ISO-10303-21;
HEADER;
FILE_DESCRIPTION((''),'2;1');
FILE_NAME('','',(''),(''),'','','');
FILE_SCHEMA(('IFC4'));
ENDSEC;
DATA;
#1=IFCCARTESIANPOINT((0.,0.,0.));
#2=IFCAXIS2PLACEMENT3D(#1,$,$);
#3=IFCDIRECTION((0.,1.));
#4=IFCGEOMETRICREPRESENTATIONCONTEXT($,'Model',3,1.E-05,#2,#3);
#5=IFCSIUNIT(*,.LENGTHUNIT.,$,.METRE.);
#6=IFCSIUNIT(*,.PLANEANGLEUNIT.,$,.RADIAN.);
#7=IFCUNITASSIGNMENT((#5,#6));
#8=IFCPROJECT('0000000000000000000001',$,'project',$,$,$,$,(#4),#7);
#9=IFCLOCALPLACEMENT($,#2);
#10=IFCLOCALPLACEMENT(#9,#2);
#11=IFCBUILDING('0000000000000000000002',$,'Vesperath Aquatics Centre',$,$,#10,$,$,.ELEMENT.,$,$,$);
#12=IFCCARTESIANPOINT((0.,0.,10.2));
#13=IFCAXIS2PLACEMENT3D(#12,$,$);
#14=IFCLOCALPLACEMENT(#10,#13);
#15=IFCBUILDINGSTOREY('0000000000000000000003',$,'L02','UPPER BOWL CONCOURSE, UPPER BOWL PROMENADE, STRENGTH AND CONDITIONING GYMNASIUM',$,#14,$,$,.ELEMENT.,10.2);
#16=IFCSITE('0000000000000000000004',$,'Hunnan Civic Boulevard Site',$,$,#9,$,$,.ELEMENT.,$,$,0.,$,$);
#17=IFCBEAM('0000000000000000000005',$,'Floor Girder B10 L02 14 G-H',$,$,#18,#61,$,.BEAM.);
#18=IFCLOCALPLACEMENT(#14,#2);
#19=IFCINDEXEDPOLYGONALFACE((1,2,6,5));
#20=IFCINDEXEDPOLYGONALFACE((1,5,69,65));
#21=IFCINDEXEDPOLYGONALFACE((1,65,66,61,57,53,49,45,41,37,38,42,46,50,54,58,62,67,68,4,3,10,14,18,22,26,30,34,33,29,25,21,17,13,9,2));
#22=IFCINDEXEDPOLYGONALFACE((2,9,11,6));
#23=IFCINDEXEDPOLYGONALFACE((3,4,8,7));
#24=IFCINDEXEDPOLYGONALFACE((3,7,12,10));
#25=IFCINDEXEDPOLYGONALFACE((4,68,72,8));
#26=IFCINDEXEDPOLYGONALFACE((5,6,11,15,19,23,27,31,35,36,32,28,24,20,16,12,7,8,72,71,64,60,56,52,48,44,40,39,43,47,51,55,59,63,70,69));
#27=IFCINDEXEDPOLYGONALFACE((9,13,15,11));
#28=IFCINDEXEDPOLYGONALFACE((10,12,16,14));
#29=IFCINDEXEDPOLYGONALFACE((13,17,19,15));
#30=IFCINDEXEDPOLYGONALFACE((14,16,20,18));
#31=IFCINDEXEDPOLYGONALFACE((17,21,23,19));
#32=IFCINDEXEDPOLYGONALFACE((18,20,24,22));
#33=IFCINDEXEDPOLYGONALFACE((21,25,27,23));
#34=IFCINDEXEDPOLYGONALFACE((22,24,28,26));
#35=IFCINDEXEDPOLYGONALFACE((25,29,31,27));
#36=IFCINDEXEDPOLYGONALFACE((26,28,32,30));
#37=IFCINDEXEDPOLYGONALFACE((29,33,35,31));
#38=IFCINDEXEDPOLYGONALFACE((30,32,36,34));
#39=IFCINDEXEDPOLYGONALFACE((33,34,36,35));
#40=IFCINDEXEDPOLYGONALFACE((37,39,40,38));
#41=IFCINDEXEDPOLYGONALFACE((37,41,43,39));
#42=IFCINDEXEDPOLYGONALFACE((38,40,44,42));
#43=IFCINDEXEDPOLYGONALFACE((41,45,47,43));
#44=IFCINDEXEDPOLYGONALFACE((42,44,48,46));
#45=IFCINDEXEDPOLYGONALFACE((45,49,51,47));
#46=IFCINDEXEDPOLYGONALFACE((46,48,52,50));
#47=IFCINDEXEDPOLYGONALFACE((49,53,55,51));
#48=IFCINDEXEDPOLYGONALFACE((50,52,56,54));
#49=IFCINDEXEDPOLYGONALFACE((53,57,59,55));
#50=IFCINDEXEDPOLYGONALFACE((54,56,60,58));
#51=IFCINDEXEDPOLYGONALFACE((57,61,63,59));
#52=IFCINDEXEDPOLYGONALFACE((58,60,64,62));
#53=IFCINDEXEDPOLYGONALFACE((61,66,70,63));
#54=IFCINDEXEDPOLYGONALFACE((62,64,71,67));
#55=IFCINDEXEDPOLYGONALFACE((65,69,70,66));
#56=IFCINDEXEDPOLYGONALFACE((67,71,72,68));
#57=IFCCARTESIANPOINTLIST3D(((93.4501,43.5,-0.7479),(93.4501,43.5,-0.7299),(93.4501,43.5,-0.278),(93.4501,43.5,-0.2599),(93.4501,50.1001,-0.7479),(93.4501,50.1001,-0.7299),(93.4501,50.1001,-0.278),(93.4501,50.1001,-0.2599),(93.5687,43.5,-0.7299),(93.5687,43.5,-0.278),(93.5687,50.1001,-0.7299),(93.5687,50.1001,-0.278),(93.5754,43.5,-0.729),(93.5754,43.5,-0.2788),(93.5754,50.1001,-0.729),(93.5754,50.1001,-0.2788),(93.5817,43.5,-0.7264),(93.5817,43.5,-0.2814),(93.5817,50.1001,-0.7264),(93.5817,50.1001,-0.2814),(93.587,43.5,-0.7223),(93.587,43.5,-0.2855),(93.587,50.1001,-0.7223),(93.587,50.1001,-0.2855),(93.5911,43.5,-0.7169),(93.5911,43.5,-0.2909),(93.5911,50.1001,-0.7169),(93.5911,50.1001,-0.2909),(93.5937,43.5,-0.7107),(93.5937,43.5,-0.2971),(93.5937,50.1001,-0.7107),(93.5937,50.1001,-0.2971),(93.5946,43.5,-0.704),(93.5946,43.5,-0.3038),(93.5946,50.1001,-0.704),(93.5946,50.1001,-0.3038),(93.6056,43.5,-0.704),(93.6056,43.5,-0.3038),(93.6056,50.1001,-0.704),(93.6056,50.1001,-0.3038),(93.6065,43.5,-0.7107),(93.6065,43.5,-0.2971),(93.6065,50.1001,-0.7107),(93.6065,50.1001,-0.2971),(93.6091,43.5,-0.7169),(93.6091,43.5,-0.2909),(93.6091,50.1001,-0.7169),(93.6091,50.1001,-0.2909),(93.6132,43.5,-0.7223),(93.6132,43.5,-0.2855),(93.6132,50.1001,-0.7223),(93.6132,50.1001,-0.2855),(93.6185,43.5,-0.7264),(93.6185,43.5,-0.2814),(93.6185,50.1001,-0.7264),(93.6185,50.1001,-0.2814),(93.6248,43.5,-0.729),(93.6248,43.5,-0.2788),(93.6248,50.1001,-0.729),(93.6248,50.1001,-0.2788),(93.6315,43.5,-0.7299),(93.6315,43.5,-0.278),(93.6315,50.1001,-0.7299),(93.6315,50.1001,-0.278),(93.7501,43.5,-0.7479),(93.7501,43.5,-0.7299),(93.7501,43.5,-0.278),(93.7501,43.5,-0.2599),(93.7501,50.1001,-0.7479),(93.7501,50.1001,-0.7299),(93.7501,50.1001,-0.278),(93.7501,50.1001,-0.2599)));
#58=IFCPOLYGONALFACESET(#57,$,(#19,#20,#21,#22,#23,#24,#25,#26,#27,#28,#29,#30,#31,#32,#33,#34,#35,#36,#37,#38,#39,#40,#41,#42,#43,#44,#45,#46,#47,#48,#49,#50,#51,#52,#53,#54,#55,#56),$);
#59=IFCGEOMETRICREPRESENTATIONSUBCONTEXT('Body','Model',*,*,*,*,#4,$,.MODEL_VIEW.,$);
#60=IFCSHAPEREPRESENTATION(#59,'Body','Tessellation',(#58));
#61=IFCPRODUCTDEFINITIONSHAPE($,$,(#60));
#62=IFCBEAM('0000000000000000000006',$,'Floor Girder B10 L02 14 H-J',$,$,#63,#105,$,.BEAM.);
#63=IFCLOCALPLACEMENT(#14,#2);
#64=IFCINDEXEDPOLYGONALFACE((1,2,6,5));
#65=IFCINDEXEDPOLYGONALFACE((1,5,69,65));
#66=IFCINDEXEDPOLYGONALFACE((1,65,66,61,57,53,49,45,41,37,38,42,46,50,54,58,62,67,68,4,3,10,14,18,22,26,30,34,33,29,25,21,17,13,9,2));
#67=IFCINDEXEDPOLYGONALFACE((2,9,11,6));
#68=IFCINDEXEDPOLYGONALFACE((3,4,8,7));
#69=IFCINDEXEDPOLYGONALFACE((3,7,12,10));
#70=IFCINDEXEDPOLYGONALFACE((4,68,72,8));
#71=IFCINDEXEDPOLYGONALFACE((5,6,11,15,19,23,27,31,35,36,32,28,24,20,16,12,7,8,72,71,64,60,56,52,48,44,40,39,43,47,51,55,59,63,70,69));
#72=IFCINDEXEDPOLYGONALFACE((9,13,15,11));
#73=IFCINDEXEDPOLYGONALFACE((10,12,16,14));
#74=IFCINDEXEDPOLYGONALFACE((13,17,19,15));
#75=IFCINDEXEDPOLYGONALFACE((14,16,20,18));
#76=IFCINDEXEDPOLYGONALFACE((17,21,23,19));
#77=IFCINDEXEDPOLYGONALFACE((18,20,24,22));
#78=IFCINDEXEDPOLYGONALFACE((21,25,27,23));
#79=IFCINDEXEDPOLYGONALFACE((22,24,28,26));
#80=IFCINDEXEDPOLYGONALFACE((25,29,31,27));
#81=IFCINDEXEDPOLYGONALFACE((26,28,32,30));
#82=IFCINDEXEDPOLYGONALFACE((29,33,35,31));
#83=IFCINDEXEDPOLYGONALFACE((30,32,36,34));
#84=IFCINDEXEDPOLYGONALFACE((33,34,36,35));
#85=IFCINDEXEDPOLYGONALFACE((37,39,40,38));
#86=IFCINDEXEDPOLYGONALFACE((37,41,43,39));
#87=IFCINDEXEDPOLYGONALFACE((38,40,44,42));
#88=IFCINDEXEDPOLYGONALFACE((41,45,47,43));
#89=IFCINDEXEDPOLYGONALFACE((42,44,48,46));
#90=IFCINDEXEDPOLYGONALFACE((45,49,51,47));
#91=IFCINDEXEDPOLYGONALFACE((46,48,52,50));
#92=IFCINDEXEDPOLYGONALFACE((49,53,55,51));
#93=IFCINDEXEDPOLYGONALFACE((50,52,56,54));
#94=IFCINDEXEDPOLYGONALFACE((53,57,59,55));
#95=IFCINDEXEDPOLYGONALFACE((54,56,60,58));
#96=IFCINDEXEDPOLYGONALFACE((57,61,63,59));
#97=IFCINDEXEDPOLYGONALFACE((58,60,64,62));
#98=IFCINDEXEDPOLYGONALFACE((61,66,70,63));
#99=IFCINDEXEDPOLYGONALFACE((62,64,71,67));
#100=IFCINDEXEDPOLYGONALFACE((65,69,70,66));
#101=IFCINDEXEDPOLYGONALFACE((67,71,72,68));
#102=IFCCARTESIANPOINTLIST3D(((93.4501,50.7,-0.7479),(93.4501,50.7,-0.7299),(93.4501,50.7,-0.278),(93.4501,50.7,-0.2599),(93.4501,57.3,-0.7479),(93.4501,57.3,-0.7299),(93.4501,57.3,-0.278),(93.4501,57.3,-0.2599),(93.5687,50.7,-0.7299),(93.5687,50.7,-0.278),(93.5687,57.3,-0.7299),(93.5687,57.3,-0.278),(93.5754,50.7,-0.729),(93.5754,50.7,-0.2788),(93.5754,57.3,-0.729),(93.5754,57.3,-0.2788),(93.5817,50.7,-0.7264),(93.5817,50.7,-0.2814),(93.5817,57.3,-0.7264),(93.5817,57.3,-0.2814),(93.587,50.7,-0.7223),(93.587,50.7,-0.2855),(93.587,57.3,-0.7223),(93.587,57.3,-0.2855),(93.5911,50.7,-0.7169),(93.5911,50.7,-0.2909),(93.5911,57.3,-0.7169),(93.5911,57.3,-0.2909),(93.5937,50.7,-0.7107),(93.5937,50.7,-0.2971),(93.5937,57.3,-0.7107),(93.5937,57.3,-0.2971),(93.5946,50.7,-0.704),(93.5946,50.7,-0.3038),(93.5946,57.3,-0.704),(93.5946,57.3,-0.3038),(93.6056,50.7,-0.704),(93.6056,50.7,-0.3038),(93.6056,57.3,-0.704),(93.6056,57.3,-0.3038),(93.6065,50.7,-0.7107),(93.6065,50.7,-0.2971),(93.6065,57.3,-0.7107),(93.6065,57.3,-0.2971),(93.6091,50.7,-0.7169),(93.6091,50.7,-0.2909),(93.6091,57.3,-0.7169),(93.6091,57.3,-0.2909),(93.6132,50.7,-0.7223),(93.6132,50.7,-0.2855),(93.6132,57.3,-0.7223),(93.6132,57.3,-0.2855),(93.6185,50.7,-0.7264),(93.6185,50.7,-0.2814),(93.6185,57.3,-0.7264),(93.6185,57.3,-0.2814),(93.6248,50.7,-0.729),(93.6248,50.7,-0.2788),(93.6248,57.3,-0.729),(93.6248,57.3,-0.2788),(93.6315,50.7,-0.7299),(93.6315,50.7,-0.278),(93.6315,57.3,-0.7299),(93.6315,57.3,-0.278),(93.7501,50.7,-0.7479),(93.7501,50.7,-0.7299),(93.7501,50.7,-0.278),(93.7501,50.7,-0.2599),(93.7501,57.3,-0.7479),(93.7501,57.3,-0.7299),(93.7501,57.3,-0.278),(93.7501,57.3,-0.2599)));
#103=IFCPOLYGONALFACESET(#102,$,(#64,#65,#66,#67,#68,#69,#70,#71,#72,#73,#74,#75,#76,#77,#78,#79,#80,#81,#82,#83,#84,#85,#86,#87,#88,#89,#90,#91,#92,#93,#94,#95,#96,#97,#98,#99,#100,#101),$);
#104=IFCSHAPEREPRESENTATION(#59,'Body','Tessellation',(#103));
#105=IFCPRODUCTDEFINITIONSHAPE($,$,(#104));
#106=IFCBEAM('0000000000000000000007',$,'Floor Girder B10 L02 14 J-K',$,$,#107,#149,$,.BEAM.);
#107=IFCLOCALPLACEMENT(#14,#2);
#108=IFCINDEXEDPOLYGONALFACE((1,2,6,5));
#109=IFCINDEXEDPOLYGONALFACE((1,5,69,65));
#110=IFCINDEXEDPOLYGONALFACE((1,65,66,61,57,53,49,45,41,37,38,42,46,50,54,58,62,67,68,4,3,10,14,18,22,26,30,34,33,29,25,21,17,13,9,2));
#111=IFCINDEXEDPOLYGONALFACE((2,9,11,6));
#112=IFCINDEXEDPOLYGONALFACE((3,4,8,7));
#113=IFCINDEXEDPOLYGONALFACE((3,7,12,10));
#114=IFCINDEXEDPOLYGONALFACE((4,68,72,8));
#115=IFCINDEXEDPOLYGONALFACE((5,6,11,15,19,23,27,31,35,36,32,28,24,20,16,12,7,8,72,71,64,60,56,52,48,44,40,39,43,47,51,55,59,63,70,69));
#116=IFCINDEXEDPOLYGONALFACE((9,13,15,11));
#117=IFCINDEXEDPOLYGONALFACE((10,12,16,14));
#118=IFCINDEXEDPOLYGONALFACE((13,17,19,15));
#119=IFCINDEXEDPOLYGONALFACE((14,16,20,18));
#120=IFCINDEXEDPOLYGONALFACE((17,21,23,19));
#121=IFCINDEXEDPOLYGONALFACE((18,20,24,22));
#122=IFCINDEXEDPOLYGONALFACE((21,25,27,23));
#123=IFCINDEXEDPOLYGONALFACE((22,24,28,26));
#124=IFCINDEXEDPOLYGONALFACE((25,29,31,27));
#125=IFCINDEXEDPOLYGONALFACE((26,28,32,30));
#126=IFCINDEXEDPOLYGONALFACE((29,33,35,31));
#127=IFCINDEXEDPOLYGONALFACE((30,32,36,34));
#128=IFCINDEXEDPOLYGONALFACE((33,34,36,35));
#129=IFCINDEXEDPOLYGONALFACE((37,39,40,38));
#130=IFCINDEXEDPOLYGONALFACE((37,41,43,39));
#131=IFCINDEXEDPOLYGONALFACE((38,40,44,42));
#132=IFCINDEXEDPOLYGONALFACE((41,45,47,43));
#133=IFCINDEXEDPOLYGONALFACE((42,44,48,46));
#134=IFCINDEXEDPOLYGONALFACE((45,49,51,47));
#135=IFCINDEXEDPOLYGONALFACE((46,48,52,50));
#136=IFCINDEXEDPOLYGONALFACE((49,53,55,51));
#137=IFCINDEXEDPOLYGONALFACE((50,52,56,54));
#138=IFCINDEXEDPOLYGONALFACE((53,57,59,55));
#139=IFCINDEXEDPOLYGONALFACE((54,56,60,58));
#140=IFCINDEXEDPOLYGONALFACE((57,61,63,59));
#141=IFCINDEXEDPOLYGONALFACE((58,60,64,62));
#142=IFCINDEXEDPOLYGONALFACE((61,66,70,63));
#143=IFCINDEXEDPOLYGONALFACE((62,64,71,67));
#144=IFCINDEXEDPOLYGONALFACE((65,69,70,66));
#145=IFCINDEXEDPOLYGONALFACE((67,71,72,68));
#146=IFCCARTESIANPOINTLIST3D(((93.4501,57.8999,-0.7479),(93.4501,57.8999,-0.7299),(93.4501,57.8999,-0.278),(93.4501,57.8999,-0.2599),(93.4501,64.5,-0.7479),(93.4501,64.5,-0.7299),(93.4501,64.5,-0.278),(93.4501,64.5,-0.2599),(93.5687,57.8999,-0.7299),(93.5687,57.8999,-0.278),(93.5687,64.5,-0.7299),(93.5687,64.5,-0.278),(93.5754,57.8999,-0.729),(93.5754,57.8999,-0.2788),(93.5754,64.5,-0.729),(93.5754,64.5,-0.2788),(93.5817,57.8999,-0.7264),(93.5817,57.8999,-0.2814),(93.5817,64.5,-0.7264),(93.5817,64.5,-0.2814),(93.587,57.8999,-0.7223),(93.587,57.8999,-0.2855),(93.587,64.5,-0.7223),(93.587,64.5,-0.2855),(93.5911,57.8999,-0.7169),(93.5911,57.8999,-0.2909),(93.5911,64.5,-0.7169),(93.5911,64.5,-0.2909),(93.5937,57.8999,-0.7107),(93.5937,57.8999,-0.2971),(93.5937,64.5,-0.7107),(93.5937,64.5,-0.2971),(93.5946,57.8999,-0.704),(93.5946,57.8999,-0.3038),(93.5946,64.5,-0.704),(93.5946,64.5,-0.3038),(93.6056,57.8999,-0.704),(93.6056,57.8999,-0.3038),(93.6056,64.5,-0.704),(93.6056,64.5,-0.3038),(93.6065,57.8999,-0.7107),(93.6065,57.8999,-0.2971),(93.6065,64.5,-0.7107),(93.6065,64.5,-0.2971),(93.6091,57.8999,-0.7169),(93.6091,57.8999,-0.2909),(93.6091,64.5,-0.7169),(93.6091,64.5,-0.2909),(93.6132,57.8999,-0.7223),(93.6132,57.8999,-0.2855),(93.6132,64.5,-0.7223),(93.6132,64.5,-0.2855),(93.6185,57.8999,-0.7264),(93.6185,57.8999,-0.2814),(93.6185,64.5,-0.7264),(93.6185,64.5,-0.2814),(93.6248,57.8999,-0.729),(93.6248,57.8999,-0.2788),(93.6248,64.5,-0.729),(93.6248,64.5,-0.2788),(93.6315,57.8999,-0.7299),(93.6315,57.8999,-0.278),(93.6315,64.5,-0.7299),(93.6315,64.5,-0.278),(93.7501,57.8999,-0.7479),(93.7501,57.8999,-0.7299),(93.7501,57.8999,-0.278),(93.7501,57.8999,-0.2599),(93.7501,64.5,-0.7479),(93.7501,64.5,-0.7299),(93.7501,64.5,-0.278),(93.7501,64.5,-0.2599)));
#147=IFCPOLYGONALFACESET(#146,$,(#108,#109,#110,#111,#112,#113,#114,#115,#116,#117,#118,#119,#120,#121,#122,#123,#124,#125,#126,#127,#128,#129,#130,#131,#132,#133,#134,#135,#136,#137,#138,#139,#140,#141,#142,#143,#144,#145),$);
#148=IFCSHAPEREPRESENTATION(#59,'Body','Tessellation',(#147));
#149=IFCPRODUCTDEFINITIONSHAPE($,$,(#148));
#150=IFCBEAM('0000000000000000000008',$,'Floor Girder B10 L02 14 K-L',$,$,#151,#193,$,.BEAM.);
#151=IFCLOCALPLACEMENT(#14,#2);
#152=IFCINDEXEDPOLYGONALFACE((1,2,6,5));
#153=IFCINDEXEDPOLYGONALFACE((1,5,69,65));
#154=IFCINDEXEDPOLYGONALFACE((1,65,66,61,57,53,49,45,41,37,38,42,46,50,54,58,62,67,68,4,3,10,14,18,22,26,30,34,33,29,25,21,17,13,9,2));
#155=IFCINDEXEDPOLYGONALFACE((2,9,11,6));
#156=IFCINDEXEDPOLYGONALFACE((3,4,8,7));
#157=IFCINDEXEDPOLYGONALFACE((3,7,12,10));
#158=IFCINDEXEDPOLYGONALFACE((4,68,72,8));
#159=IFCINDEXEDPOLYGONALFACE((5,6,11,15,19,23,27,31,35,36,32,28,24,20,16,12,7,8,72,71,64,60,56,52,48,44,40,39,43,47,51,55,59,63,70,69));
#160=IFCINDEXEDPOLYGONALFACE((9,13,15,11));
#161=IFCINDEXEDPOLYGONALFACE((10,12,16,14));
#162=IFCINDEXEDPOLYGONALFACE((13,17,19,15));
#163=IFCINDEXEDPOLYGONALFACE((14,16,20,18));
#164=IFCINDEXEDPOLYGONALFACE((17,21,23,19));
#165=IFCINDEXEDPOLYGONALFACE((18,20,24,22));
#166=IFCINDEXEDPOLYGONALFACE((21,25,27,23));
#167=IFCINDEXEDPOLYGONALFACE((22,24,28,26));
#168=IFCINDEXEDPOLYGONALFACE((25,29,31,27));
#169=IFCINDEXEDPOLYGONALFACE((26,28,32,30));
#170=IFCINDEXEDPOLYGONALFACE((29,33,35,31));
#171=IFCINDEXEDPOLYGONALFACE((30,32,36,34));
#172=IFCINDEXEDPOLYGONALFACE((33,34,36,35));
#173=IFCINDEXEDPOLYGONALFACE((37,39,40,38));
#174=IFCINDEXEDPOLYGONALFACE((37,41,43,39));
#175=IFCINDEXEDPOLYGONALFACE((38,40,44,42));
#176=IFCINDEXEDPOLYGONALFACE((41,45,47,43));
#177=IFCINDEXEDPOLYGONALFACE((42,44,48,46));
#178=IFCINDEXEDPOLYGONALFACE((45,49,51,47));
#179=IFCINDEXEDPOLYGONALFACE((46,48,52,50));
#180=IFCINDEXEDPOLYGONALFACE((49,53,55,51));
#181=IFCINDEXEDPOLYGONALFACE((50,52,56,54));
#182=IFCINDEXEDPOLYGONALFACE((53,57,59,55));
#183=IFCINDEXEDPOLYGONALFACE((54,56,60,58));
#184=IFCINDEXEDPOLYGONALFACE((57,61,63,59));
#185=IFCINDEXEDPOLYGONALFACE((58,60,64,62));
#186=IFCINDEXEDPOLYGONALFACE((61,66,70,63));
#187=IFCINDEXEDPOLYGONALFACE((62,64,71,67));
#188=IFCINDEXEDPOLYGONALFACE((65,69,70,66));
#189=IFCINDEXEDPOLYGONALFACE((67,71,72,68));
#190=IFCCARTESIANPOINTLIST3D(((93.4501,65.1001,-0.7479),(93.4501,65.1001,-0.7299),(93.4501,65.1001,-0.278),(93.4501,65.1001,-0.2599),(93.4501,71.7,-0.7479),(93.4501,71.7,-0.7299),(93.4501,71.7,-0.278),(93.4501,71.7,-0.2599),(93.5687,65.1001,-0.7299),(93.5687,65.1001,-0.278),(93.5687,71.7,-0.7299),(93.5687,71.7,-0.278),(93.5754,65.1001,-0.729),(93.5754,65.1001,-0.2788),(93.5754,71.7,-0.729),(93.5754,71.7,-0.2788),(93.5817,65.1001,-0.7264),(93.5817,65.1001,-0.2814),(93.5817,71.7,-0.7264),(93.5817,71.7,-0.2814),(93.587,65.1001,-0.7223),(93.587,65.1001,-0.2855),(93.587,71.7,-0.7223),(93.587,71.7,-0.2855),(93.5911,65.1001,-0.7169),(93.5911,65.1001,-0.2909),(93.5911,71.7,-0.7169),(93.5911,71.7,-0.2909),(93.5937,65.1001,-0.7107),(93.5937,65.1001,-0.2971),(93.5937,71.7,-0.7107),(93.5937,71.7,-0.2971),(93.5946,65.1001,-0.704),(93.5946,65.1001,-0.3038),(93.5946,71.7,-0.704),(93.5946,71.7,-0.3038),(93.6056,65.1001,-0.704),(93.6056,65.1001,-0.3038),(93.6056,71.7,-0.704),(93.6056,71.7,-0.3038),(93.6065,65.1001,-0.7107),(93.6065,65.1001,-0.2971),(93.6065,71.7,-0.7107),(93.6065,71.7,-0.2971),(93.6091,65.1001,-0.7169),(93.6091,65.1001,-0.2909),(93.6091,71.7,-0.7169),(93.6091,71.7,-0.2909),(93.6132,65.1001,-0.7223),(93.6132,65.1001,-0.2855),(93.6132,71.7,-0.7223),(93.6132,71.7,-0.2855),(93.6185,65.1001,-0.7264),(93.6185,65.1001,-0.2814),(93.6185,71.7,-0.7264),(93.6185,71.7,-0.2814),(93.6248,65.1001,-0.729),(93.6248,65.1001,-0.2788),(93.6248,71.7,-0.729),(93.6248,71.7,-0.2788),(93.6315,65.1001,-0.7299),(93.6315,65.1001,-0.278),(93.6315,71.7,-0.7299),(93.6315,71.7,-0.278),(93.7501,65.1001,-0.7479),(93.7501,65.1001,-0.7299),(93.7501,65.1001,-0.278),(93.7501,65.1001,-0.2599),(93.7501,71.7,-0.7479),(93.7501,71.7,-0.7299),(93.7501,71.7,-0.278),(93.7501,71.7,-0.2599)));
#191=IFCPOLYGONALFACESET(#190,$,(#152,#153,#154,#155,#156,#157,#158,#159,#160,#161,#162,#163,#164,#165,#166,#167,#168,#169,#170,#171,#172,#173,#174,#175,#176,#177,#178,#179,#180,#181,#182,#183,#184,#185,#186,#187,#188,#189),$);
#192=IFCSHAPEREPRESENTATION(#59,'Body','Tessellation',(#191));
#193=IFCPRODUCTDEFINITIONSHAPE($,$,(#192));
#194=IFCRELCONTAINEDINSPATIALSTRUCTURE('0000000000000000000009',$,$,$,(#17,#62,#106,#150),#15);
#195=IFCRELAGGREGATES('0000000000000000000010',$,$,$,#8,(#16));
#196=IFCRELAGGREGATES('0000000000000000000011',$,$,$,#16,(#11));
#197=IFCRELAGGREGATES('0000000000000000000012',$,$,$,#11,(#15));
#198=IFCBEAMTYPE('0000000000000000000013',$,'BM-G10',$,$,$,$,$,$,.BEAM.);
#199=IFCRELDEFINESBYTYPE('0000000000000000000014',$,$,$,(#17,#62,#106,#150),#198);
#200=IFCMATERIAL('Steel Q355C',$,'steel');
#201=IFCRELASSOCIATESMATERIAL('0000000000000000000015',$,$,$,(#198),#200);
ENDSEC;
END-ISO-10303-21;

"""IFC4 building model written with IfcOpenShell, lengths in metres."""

from ifc_helpers import new_model, si_unit, direction, frame, origin, origin_2d, place, context, subcontext, project, spatial, i_section, extrude, material, material_profile, profile_set, type_object, element, save


model = new_model("IFC4")

# Units and contexts
model_context = context("Model", 3, precision=1e-05, world=origin(), true_north=direction((0.0, 1.0)))
body_context = subcontext(model_context, "Body", "Model", "MODEL_VIEW")
ifc_project = project(units=[si_unit("LENGTHUNIT", "METRE"), si_unit("PLANEANGLEUNIT", "RADIAN")], contexts=[model_context])

# Site, building, storey
site_placement = place(None, origin())
site = spatial("IfcSite", under=ifc_project, at=site_placement, Name="Hunnan Civic Boulevard Site", CompositionType="ELEMENT", RefElevation=0.0)
building_placement = place(site_placement, origin())
building = spatial("IfcBuilding", under=site, at=building_placement, Name="Vesperath Aquatics Centre", CompositionType="ELEMENT")
storey_placement = place(building_placement, frame((0.0, 0.0, 10.2)))
storey = spatial("IfcBuildingStorey", under=building, at=storey_placement, Name="L02", Description="UPPER BOWL CONCOURSE, UPPER BOWL PROMENADE, STRENGTH AND CONDITIONING GYMNASIUM", CompositionType="ELEMENT", Elevation=10.2)

# Beams
ifc_material_1 = material(Name="Steel Q355C", Category="steel")
ifc_material_profile_1 = material_profile(ifc_material_1, i_section(OverallWidth=0.3, OverallDepth=0.488, WebThickness=0.011, FlangeThickness=0.0181, FilletRadius=0.0259, at=origin_2d()), Name="HM 488x300x11x18")
ifc_profile_set_1 = profile_set([ifc_material_profile_1], Name="Steel Q355C")
beam_type_1 = type_object("IfcBeamType", Name="BM-G10", PredefinedType="BEAM", material=ifc_profile_set_1)
for number, where, z_axis, x_axis, name in (
    (1, (93.6001, 43.5, -0.5039), (0.0, 1.0, 0.0), (-1.0, 0.0, 0.0), "Floor Girder B10 L02 14 G-H"),
    (2, (93.6001, 50.7, -0.5039), (0.0, 1.0, 0.0), (-1.0, 0.0, 0.0), "Floor Girder B10 L02 14 H-J"),
    (3, (93.6001, 57.8999, -0.5039), (0.0, 1.0, 0.0), (-1.0, 0.0, 0.0), "Floor Girder B10 L02 14 J-K"),
):
    element("IfcBeam", number, at=place(storey_placement, frame(where, z_axis=z_axis, x_axis=x_axis)), inside=storey, type_object=beam_type_1, Name=name, PredefinedType="BEAM", context=body_context, shape_type="SweptSolid", body=[
        extrude(i_section(OverallWidth=0.3, OverallDepth=0.488, WebThickness=0.011, FlangeThickness=0.0181, FilletRadius=0.0259, at=origin_2d()), origin(), (0.0, 0.0, 1.0), 6.6001),
    ])
beam_1_placement = place(storey_placement, frame((93.6001, 65.1001, -0.5039), z_axis=(0.0, 1.0, 0.0), x_axis=(-1.0, 0.0, 0.0)))
element("IfcBeam", 4, at=beam_1_placement, inside=storey, type_object=beam_type_1, Name="Floor Girder B10 L02 14 K-L", PredefinedType="BEAM", context=body_context, shape_type="SweptSolid", body=[
    extrude(i_section(OverallWidth=0.3, OverallDepth=0.488, WebThickness=0.011, FlangeThickness=0.0181, FilletRadius=0.0259, at=origin_2d()), origin(), (0.0, 0.0, 1.0), 6.5999),
])

save(model, "model.ifc")
